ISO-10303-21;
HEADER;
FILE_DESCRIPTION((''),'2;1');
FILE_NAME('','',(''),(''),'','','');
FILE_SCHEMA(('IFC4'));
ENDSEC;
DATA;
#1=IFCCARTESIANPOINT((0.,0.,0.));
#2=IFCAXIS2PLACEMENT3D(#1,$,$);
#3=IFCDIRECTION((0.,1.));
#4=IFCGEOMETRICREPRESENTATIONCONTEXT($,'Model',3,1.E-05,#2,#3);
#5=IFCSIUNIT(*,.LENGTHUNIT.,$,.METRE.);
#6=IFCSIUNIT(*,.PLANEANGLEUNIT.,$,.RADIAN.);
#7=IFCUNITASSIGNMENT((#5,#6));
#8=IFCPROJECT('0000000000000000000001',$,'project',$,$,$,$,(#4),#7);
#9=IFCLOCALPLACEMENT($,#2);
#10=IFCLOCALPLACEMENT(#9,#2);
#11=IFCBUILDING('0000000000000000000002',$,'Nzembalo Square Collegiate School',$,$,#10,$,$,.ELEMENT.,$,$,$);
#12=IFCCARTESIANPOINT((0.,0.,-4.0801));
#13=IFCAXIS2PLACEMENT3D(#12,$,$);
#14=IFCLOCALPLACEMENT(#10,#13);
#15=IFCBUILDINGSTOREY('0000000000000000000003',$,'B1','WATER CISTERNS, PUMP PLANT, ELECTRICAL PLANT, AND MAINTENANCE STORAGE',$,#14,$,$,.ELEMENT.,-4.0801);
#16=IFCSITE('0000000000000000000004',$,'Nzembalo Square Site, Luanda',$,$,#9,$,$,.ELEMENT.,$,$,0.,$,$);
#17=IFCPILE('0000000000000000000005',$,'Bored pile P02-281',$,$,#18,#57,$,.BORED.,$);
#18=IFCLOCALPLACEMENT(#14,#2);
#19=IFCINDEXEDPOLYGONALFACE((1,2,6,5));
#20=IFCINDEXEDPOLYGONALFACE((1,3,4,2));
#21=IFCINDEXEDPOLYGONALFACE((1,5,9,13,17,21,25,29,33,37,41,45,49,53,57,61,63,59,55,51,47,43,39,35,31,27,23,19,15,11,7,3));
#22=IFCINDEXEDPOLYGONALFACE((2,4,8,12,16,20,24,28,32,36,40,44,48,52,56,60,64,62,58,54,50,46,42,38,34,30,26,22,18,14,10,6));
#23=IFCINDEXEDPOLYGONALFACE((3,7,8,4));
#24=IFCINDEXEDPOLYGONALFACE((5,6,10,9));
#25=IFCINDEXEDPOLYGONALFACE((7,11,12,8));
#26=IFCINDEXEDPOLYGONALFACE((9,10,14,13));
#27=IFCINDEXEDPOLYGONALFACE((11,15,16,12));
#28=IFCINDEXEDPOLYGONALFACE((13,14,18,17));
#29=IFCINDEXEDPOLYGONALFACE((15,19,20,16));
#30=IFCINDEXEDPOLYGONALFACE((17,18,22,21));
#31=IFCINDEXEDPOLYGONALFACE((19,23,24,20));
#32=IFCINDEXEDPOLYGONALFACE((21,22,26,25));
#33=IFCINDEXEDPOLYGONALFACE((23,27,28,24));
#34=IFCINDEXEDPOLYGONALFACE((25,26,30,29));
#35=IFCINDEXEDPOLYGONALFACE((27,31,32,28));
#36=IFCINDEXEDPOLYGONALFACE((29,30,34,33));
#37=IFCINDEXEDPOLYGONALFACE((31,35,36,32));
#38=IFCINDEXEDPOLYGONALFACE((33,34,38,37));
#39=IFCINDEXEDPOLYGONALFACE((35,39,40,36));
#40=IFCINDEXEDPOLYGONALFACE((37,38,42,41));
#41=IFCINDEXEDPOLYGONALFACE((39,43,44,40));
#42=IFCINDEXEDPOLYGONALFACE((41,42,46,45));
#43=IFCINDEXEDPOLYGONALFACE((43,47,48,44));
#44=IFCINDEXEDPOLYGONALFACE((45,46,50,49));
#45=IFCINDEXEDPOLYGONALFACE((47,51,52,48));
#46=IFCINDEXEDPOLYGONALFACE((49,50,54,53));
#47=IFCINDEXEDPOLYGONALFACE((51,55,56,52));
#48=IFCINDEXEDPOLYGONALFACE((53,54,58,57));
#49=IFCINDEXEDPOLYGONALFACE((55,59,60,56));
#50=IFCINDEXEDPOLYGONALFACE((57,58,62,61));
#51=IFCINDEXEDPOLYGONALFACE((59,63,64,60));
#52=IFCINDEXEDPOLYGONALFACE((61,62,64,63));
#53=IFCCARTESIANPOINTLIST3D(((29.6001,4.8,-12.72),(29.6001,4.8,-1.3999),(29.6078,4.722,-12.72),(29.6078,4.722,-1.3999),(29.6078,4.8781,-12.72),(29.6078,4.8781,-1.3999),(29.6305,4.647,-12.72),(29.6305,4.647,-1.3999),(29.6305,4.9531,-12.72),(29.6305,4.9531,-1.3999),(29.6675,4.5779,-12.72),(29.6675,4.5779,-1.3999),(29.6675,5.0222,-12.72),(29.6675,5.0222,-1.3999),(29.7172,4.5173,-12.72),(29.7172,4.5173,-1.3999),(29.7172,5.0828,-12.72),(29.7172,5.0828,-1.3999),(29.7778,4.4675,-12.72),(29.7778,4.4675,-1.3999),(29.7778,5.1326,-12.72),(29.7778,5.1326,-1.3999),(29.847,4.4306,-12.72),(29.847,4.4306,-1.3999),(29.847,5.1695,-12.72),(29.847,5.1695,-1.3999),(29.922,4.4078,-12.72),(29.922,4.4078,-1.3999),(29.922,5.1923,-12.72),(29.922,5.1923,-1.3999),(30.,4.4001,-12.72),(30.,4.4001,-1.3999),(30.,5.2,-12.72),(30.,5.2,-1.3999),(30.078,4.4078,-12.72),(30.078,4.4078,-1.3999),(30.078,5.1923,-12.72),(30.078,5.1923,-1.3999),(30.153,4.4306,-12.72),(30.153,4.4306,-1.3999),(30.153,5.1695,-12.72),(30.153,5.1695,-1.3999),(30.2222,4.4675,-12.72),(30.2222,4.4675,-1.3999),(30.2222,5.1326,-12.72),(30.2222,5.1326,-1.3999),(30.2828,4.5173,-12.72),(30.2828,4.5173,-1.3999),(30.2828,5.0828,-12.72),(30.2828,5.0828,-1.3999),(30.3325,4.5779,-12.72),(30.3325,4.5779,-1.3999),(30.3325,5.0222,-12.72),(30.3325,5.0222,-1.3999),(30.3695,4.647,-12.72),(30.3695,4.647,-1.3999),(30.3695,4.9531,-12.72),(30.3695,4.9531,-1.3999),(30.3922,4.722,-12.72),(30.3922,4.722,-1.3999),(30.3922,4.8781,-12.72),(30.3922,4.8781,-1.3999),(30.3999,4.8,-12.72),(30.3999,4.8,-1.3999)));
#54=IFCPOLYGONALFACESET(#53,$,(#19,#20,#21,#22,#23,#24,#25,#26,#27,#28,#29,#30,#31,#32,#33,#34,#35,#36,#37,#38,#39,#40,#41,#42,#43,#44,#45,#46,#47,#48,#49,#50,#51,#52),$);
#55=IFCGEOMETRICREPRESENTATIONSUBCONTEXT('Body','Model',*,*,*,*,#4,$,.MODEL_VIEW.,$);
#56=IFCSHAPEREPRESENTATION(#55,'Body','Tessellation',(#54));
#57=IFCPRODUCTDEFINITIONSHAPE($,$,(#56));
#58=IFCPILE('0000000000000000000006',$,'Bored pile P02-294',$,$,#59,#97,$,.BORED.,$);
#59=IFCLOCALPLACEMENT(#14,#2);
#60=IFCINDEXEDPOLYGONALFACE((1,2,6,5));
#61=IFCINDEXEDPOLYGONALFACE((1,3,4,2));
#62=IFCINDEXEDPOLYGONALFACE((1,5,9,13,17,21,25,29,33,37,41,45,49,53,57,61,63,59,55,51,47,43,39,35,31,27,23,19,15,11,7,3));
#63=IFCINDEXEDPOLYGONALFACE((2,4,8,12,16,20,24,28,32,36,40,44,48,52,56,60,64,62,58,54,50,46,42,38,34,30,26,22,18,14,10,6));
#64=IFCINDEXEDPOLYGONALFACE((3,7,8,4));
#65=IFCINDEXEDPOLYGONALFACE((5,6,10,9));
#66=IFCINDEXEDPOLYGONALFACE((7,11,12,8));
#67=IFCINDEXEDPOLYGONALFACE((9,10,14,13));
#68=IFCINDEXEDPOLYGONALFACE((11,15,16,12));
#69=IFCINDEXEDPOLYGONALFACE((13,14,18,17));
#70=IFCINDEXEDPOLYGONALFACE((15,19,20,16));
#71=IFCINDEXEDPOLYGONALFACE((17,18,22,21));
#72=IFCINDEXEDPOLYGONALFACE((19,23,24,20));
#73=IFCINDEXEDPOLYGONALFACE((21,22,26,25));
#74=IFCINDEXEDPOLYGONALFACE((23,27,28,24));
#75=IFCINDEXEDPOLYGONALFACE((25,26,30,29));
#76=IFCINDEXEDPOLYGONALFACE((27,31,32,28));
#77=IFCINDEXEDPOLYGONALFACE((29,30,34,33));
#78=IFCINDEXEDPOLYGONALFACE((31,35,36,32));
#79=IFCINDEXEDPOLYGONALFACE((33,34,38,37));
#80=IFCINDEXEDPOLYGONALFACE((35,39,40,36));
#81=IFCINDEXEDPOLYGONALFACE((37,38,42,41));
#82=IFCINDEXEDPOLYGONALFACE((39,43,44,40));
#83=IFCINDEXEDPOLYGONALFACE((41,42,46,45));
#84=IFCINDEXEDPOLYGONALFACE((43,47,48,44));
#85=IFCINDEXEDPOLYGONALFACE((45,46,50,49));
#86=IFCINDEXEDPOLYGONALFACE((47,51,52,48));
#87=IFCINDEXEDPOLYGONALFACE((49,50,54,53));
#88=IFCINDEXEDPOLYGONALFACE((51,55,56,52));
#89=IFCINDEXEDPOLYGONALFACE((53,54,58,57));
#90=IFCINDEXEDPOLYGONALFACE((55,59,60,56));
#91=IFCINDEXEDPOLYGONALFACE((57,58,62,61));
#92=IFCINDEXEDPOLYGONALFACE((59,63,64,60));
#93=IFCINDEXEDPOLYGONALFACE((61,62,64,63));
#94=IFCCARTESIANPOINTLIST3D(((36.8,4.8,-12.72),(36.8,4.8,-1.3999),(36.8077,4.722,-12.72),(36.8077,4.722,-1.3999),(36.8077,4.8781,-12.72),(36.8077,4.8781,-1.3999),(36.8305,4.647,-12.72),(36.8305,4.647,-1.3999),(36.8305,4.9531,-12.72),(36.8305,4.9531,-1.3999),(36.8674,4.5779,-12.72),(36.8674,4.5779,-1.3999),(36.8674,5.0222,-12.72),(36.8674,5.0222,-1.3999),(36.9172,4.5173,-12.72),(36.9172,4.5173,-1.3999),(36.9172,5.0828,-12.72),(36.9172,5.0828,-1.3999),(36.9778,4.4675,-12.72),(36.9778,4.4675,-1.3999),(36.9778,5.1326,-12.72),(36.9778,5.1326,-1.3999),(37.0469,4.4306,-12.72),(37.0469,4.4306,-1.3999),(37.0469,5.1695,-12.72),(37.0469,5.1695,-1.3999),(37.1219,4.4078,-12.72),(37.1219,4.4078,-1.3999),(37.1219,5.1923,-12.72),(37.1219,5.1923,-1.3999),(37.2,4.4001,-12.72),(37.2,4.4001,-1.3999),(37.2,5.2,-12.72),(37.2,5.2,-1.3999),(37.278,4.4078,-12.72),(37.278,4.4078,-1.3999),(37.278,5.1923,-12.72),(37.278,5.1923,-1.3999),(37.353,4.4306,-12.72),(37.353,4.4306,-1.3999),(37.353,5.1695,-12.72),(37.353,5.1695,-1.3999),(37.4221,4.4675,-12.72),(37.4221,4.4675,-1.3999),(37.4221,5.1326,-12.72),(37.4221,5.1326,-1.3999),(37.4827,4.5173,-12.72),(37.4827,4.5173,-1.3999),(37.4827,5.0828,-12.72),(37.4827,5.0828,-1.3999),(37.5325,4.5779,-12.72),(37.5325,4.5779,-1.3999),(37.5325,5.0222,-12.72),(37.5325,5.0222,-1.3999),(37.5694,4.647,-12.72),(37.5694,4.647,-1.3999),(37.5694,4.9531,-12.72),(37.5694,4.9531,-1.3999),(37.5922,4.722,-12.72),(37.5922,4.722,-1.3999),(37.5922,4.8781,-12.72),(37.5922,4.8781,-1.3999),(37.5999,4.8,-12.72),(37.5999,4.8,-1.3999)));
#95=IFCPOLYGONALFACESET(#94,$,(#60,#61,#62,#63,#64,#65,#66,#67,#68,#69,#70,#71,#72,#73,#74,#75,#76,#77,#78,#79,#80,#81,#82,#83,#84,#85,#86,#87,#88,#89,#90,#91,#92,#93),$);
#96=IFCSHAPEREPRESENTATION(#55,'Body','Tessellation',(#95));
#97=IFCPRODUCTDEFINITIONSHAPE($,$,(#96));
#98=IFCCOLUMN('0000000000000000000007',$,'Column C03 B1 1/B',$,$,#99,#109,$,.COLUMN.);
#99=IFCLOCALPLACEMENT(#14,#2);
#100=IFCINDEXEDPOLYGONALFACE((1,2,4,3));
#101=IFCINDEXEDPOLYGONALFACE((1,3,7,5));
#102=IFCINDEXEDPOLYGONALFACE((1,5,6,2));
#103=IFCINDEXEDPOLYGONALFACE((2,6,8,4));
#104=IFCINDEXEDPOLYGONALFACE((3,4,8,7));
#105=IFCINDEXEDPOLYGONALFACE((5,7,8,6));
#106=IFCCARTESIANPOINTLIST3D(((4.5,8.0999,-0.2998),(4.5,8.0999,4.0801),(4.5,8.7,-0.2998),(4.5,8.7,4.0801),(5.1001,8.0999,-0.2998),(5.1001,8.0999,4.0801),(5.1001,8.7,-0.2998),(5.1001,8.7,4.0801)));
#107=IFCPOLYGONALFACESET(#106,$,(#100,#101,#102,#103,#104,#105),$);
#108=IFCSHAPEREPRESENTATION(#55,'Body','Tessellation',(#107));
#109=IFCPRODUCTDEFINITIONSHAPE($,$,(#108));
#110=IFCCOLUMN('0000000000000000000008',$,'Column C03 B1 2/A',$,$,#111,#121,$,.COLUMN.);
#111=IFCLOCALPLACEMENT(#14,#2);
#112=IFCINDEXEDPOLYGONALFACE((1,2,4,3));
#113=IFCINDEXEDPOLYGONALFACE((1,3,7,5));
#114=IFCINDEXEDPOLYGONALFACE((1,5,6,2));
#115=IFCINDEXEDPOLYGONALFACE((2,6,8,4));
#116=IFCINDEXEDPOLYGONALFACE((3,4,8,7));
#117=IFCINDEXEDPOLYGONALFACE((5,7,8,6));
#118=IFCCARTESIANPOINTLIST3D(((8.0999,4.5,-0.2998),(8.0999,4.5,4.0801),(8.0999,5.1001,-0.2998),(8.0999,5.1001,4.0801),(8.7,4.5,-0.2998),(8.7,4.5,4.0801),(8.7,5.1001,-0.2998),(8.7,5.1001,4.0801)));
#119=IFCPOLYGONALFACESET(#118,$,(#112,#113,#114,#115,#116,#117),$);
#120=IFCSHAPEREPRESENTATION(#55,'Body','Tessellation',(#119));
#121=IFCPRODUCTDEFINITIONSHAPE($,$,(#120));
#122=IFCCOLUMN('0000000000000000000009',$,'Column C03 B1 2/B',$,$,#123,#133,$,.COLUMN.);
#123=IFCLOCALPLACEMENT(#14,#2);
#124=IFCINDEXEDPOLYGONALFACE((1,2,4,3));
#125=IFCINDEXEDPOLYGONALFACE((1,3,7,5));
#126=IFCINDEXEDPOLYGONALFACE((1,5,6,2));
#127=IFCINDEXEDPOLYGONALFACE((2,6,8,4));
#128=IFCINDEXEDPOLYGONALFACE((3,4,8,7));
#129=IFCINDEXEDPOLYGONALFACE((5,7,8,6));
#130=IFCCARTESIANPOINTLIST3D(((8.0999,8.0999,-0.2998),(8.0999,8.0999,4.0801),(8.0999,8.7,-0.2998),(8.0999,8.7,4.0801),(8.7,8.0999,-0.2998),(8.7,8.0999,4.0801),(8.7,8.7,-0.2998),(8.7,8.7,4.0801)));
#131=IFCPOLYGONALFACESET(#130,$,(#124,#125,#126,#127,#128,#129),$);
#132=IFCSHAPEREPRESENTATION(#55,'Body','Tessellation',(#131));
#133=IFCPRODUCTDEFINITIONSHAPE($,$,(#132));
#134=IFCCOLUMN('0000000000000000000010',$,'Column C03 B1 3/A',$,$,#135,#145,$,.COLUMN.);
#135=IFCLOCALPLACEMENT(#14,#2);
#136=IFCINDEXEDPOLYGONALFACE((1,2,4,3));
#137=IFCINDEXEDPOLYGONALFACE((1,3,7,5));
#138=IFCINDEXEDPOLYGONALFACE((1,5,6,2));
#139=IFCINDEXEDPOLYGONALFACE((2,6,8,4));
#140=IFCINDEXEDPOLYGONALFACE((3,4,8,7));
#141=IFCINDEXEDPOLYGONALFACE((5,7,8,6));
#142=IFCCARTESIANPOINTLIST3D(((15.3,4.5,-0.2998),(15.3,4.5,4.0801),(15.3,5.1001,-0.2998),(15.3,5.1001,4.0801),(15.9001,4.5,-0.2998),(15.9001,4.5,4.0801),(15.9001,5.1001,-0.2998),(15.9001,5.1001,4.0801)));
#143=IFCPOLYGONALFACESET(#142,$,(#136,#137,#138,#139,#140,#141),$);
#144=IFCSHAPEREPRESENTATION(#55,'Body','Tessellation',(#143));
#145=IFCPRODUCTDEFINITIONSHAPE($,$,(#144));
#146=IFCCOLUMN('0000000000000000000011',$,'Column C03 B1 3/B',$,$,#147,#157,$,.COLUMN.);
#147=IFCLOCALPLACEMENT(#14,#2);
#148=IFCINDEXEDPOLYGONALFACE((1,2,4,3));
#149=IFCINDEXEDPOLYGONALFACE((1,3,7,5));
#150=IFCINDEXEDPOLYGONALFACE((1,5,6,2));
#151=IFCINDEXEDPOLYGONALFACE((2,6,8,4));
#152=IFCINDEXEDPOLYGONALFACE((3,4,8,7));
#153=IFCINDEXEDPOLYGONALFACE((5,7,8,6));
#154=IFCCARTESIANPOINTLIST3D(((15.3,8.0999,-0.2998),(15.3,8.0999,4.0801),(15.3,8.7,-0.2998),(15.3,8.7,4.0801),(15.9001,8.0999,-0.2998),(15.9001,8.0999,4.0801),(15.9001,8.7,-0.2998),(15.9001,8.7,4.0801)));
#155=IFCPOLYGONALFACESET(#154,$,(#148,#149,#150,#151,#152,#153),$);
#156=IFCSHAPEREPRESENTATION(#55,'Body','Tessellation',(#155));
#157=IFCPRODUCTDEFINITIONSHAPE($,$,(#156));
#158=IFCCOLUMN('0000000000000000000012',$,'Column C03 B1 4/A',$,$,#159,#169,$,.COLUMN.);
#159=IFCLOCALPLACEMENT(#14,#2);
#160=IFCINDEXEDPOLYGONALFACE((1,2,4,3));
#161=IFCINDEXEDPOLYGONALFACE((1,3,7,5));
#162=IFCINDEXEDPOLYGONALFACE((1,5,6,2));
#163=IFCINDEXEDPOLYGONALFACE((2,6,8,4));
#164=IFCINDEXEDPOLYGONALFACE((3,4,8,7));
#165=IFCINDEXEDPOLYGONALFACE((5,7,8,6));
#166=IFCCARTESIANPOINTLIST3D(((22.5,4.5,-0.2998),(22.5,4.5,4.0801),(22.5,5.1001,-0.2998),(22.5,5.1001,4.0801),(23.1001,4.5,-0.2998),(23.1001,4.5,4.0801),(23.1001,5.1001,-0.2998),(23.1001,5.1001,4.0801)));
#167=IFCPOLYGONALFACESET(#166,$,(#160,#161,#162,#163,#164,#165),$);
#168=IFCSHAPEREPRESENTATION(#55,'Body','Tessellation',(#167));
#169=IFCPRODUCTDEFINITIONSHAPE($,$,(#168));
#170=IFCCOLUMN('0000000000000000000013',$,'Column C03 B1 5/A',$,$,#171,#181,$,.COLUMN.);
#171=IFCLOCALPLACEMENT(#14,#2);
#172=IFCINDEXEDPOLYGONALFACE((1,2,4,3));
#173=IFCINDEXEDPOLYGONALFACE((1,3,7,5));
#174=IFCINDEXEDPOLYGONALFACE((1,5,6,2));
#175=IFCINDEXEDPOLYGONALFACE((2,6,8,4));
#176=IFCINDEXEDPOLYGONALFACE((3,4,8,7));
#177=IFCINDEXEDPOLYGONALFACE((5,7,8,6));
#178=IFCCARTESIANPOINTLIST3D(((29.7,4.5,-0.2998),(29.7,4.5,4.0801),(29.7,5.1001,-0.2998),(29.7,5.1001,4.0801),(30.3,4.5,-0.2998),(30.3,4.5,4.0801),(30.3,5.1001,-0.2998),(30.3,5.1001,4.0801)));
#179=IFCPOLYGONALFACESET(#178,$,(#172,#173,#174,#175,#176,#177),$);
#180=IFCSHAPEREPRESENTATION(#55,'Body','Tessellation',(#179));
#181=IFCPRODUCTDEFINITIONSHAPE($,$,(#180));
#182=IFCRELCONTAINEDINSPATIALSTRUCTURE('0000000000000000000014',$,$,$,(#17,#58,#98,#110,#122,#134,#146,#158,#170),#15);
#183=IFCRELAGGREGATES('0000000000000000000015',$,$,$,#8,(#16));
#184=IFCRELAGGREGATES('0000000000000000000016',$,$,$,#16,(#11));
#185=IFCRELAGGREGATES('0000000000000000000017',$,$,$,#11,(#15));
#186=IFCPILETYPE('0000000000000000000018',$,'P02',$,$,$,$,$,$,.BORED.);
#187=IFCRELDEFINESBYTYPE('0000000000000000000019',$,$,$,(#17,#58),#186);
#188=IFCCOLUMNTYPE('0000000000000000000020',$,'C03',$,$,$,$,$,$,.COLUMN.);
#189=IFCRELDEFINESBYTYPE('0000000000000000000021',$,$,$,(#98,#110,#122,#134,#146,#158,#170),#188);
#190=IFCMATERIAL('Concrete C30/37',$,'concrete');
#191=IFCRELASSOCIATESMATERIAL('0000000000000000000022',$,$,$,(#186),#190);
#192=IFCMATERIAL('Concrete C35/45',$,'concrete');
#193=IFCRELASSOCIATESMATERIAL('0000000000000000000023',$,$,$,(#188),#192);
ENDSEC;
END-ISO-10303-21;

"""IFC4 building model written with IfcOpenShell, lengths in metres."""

from ifc_helpers import new_model, si_unit, direction, frame, origin, origin_2d, place, context, subcontext, project, spatial, rectangle, circle, extrude, material, material_profile, profile_set, type_object, element, save


model = new_model("IFC4")

# Units and contexts
model_context = context("Model", 3, precision=1e-05, world=origin(), true_north=direction((0.0, 1.0)))
body_context = subcontext(model_context, "Body", "Model", "MODEL_VIEW")
ifc_project = project(units=[si_unit("LENGTHUNIT", "METRE"), si_unit("PLANEANGLEUNIT", "RADIAN")], contexts=[model_context])

# Site, building, storey
site_placement = place(None, origin())
site = spatial("IfcSite", under=ifc_project, at=site_placement, Name="Nzembalo Square Site, Luanda", CompositionType="ELEMENT", RefElevation=0.0)
building_placement = place(site_placement, origin())
building = spatial("IfcBuilding", under=site, at=building_placement, Name="Nzembalo Square Collegiate School", CompositionType="ELEMENT")
storey_placement = place(building_placement, frame((0.0, 0.0, -4.0801)))
storey = spatial("IfcBuildingStorey", under=building, at=storey_placement, Name="B1", Description="WATER CISTERNS, PUMP PLANT, ELECTRICAL PLANT, AND MAINTENANCE STORAGE", CompositionType="ELEMENT", Elevation=-4.0801)

# Piles
ifc_material_1 = material(Name="Concrete C30/37", Category="concrete")
ifc_material_profile_1 = material_profile(ifc_material_1, circle(Radius=0.3999, at=origin_2d()), Name="PILE D800")
ifc_profile_set_1 = profile_set([ifc_material_profile_1], Name="Concrete C30/37")
pile_type = type_object("IfcPileType", Name="P02", PredefinedType="BORED", material=ifc_profile_set_1)
for number, where, z_axis, x_axis, name in (
    (1, (30.0, 4.8, -1.3999), (0.0, 0.0, -1.0), (1.0, 0.0, 0.0), "Bored pile P02-281"),
    (2, (37.2, 4.8, -1.3999), (0.0, 0.0, -1.0), (1.0, 0.0, 0.0), "Bored pile P02-294"),
):
    element("IfcPile", number, at=place(storey_placement, frame(where, z_axis=z_axis, x_axis=x_axis)), inside=storey, type_object=pile_type, Name=name, PredefinedType="BORED", context=body_context, shape_type="SweptSolid", body=[
        extrude(circle(Radius=0.3999, at=origin_2d()), origin(), (0.0, 0.0, 1.0), 11.3201),
    ])

# Columns
ifc_material_2 = material(Name="Concrete C35/45", Category="concrete")
ifc_material_profile_2 = material_profile(ifc_material_2, rectangle(XDim=0.6001, YDim=0.6001, at=origin_2d()), Name="RC 600x600")
ifc_profile_set_2 = profile_set([ifc_material_profile_2], Name="Concrete C35/45")
column_type = type_object("IfcColumnType", Name="C03", PredefinedType="COLUMN", material=ifc_profile_set_2)
for number, where, z_axis, x_axis, name in (
    (3, (4.8, 8.3999, -0.2998), (0.0, 0.0, 1.0), (1.0, 0.0, 0.0), "Column C03 B1 1/B"),
    (4, (8.3999, 4.8, -0.2998), (0.0, 0.0, 1.0), (1.0, 0.0, 0.0), "Column C03 B1 2/A"),
    (5, (8.3999, 8.3999, -0.2998), (0.0, 0.0, 1.0), (1.0, 0.0, 0.0), "Column C03 B1 2/B"),
    (6, (15.6001, 4.8, -0.2998), (0.0, 0.0, 1.0), (1.0, 0.0, 0.0), "Column C03 B1 3/A"),
    (7, (15.6001, 8.3999, -0.2998), (0.0, 0.0, 1.0), (1.0, 0.0, 0.0), "Column C03 B1 3/B"),
    (8, (22.8, 4.8, -0.2998), (0.0, 0.0, 1.0), (1.0, 0.0, 0.0), "Column C03 B1 4/A"),
    (9, (30.0, 4.8, -0.2998), (0.0, 0.0, 1.0), (1.0, 0.0, 0.0), "Column C03 B1 5/A"),
):
    element("IfcColumn", number, at=place(storey_placement, frame(where, z_axis=z_axis, x_axis=x_axis)), inside=storey, type_object=column_type, Name=name, PredefinedType="COLUMN", context=body_context, shape_type="SweptSolid", body=[
        extrude(rectangle(XDim=0.6001, YDim=0.6001, at=origin_2d()), origin(), (0.0, 0.0, 1.0), 4.3799),
    ])

save(model, "model.ifc")
